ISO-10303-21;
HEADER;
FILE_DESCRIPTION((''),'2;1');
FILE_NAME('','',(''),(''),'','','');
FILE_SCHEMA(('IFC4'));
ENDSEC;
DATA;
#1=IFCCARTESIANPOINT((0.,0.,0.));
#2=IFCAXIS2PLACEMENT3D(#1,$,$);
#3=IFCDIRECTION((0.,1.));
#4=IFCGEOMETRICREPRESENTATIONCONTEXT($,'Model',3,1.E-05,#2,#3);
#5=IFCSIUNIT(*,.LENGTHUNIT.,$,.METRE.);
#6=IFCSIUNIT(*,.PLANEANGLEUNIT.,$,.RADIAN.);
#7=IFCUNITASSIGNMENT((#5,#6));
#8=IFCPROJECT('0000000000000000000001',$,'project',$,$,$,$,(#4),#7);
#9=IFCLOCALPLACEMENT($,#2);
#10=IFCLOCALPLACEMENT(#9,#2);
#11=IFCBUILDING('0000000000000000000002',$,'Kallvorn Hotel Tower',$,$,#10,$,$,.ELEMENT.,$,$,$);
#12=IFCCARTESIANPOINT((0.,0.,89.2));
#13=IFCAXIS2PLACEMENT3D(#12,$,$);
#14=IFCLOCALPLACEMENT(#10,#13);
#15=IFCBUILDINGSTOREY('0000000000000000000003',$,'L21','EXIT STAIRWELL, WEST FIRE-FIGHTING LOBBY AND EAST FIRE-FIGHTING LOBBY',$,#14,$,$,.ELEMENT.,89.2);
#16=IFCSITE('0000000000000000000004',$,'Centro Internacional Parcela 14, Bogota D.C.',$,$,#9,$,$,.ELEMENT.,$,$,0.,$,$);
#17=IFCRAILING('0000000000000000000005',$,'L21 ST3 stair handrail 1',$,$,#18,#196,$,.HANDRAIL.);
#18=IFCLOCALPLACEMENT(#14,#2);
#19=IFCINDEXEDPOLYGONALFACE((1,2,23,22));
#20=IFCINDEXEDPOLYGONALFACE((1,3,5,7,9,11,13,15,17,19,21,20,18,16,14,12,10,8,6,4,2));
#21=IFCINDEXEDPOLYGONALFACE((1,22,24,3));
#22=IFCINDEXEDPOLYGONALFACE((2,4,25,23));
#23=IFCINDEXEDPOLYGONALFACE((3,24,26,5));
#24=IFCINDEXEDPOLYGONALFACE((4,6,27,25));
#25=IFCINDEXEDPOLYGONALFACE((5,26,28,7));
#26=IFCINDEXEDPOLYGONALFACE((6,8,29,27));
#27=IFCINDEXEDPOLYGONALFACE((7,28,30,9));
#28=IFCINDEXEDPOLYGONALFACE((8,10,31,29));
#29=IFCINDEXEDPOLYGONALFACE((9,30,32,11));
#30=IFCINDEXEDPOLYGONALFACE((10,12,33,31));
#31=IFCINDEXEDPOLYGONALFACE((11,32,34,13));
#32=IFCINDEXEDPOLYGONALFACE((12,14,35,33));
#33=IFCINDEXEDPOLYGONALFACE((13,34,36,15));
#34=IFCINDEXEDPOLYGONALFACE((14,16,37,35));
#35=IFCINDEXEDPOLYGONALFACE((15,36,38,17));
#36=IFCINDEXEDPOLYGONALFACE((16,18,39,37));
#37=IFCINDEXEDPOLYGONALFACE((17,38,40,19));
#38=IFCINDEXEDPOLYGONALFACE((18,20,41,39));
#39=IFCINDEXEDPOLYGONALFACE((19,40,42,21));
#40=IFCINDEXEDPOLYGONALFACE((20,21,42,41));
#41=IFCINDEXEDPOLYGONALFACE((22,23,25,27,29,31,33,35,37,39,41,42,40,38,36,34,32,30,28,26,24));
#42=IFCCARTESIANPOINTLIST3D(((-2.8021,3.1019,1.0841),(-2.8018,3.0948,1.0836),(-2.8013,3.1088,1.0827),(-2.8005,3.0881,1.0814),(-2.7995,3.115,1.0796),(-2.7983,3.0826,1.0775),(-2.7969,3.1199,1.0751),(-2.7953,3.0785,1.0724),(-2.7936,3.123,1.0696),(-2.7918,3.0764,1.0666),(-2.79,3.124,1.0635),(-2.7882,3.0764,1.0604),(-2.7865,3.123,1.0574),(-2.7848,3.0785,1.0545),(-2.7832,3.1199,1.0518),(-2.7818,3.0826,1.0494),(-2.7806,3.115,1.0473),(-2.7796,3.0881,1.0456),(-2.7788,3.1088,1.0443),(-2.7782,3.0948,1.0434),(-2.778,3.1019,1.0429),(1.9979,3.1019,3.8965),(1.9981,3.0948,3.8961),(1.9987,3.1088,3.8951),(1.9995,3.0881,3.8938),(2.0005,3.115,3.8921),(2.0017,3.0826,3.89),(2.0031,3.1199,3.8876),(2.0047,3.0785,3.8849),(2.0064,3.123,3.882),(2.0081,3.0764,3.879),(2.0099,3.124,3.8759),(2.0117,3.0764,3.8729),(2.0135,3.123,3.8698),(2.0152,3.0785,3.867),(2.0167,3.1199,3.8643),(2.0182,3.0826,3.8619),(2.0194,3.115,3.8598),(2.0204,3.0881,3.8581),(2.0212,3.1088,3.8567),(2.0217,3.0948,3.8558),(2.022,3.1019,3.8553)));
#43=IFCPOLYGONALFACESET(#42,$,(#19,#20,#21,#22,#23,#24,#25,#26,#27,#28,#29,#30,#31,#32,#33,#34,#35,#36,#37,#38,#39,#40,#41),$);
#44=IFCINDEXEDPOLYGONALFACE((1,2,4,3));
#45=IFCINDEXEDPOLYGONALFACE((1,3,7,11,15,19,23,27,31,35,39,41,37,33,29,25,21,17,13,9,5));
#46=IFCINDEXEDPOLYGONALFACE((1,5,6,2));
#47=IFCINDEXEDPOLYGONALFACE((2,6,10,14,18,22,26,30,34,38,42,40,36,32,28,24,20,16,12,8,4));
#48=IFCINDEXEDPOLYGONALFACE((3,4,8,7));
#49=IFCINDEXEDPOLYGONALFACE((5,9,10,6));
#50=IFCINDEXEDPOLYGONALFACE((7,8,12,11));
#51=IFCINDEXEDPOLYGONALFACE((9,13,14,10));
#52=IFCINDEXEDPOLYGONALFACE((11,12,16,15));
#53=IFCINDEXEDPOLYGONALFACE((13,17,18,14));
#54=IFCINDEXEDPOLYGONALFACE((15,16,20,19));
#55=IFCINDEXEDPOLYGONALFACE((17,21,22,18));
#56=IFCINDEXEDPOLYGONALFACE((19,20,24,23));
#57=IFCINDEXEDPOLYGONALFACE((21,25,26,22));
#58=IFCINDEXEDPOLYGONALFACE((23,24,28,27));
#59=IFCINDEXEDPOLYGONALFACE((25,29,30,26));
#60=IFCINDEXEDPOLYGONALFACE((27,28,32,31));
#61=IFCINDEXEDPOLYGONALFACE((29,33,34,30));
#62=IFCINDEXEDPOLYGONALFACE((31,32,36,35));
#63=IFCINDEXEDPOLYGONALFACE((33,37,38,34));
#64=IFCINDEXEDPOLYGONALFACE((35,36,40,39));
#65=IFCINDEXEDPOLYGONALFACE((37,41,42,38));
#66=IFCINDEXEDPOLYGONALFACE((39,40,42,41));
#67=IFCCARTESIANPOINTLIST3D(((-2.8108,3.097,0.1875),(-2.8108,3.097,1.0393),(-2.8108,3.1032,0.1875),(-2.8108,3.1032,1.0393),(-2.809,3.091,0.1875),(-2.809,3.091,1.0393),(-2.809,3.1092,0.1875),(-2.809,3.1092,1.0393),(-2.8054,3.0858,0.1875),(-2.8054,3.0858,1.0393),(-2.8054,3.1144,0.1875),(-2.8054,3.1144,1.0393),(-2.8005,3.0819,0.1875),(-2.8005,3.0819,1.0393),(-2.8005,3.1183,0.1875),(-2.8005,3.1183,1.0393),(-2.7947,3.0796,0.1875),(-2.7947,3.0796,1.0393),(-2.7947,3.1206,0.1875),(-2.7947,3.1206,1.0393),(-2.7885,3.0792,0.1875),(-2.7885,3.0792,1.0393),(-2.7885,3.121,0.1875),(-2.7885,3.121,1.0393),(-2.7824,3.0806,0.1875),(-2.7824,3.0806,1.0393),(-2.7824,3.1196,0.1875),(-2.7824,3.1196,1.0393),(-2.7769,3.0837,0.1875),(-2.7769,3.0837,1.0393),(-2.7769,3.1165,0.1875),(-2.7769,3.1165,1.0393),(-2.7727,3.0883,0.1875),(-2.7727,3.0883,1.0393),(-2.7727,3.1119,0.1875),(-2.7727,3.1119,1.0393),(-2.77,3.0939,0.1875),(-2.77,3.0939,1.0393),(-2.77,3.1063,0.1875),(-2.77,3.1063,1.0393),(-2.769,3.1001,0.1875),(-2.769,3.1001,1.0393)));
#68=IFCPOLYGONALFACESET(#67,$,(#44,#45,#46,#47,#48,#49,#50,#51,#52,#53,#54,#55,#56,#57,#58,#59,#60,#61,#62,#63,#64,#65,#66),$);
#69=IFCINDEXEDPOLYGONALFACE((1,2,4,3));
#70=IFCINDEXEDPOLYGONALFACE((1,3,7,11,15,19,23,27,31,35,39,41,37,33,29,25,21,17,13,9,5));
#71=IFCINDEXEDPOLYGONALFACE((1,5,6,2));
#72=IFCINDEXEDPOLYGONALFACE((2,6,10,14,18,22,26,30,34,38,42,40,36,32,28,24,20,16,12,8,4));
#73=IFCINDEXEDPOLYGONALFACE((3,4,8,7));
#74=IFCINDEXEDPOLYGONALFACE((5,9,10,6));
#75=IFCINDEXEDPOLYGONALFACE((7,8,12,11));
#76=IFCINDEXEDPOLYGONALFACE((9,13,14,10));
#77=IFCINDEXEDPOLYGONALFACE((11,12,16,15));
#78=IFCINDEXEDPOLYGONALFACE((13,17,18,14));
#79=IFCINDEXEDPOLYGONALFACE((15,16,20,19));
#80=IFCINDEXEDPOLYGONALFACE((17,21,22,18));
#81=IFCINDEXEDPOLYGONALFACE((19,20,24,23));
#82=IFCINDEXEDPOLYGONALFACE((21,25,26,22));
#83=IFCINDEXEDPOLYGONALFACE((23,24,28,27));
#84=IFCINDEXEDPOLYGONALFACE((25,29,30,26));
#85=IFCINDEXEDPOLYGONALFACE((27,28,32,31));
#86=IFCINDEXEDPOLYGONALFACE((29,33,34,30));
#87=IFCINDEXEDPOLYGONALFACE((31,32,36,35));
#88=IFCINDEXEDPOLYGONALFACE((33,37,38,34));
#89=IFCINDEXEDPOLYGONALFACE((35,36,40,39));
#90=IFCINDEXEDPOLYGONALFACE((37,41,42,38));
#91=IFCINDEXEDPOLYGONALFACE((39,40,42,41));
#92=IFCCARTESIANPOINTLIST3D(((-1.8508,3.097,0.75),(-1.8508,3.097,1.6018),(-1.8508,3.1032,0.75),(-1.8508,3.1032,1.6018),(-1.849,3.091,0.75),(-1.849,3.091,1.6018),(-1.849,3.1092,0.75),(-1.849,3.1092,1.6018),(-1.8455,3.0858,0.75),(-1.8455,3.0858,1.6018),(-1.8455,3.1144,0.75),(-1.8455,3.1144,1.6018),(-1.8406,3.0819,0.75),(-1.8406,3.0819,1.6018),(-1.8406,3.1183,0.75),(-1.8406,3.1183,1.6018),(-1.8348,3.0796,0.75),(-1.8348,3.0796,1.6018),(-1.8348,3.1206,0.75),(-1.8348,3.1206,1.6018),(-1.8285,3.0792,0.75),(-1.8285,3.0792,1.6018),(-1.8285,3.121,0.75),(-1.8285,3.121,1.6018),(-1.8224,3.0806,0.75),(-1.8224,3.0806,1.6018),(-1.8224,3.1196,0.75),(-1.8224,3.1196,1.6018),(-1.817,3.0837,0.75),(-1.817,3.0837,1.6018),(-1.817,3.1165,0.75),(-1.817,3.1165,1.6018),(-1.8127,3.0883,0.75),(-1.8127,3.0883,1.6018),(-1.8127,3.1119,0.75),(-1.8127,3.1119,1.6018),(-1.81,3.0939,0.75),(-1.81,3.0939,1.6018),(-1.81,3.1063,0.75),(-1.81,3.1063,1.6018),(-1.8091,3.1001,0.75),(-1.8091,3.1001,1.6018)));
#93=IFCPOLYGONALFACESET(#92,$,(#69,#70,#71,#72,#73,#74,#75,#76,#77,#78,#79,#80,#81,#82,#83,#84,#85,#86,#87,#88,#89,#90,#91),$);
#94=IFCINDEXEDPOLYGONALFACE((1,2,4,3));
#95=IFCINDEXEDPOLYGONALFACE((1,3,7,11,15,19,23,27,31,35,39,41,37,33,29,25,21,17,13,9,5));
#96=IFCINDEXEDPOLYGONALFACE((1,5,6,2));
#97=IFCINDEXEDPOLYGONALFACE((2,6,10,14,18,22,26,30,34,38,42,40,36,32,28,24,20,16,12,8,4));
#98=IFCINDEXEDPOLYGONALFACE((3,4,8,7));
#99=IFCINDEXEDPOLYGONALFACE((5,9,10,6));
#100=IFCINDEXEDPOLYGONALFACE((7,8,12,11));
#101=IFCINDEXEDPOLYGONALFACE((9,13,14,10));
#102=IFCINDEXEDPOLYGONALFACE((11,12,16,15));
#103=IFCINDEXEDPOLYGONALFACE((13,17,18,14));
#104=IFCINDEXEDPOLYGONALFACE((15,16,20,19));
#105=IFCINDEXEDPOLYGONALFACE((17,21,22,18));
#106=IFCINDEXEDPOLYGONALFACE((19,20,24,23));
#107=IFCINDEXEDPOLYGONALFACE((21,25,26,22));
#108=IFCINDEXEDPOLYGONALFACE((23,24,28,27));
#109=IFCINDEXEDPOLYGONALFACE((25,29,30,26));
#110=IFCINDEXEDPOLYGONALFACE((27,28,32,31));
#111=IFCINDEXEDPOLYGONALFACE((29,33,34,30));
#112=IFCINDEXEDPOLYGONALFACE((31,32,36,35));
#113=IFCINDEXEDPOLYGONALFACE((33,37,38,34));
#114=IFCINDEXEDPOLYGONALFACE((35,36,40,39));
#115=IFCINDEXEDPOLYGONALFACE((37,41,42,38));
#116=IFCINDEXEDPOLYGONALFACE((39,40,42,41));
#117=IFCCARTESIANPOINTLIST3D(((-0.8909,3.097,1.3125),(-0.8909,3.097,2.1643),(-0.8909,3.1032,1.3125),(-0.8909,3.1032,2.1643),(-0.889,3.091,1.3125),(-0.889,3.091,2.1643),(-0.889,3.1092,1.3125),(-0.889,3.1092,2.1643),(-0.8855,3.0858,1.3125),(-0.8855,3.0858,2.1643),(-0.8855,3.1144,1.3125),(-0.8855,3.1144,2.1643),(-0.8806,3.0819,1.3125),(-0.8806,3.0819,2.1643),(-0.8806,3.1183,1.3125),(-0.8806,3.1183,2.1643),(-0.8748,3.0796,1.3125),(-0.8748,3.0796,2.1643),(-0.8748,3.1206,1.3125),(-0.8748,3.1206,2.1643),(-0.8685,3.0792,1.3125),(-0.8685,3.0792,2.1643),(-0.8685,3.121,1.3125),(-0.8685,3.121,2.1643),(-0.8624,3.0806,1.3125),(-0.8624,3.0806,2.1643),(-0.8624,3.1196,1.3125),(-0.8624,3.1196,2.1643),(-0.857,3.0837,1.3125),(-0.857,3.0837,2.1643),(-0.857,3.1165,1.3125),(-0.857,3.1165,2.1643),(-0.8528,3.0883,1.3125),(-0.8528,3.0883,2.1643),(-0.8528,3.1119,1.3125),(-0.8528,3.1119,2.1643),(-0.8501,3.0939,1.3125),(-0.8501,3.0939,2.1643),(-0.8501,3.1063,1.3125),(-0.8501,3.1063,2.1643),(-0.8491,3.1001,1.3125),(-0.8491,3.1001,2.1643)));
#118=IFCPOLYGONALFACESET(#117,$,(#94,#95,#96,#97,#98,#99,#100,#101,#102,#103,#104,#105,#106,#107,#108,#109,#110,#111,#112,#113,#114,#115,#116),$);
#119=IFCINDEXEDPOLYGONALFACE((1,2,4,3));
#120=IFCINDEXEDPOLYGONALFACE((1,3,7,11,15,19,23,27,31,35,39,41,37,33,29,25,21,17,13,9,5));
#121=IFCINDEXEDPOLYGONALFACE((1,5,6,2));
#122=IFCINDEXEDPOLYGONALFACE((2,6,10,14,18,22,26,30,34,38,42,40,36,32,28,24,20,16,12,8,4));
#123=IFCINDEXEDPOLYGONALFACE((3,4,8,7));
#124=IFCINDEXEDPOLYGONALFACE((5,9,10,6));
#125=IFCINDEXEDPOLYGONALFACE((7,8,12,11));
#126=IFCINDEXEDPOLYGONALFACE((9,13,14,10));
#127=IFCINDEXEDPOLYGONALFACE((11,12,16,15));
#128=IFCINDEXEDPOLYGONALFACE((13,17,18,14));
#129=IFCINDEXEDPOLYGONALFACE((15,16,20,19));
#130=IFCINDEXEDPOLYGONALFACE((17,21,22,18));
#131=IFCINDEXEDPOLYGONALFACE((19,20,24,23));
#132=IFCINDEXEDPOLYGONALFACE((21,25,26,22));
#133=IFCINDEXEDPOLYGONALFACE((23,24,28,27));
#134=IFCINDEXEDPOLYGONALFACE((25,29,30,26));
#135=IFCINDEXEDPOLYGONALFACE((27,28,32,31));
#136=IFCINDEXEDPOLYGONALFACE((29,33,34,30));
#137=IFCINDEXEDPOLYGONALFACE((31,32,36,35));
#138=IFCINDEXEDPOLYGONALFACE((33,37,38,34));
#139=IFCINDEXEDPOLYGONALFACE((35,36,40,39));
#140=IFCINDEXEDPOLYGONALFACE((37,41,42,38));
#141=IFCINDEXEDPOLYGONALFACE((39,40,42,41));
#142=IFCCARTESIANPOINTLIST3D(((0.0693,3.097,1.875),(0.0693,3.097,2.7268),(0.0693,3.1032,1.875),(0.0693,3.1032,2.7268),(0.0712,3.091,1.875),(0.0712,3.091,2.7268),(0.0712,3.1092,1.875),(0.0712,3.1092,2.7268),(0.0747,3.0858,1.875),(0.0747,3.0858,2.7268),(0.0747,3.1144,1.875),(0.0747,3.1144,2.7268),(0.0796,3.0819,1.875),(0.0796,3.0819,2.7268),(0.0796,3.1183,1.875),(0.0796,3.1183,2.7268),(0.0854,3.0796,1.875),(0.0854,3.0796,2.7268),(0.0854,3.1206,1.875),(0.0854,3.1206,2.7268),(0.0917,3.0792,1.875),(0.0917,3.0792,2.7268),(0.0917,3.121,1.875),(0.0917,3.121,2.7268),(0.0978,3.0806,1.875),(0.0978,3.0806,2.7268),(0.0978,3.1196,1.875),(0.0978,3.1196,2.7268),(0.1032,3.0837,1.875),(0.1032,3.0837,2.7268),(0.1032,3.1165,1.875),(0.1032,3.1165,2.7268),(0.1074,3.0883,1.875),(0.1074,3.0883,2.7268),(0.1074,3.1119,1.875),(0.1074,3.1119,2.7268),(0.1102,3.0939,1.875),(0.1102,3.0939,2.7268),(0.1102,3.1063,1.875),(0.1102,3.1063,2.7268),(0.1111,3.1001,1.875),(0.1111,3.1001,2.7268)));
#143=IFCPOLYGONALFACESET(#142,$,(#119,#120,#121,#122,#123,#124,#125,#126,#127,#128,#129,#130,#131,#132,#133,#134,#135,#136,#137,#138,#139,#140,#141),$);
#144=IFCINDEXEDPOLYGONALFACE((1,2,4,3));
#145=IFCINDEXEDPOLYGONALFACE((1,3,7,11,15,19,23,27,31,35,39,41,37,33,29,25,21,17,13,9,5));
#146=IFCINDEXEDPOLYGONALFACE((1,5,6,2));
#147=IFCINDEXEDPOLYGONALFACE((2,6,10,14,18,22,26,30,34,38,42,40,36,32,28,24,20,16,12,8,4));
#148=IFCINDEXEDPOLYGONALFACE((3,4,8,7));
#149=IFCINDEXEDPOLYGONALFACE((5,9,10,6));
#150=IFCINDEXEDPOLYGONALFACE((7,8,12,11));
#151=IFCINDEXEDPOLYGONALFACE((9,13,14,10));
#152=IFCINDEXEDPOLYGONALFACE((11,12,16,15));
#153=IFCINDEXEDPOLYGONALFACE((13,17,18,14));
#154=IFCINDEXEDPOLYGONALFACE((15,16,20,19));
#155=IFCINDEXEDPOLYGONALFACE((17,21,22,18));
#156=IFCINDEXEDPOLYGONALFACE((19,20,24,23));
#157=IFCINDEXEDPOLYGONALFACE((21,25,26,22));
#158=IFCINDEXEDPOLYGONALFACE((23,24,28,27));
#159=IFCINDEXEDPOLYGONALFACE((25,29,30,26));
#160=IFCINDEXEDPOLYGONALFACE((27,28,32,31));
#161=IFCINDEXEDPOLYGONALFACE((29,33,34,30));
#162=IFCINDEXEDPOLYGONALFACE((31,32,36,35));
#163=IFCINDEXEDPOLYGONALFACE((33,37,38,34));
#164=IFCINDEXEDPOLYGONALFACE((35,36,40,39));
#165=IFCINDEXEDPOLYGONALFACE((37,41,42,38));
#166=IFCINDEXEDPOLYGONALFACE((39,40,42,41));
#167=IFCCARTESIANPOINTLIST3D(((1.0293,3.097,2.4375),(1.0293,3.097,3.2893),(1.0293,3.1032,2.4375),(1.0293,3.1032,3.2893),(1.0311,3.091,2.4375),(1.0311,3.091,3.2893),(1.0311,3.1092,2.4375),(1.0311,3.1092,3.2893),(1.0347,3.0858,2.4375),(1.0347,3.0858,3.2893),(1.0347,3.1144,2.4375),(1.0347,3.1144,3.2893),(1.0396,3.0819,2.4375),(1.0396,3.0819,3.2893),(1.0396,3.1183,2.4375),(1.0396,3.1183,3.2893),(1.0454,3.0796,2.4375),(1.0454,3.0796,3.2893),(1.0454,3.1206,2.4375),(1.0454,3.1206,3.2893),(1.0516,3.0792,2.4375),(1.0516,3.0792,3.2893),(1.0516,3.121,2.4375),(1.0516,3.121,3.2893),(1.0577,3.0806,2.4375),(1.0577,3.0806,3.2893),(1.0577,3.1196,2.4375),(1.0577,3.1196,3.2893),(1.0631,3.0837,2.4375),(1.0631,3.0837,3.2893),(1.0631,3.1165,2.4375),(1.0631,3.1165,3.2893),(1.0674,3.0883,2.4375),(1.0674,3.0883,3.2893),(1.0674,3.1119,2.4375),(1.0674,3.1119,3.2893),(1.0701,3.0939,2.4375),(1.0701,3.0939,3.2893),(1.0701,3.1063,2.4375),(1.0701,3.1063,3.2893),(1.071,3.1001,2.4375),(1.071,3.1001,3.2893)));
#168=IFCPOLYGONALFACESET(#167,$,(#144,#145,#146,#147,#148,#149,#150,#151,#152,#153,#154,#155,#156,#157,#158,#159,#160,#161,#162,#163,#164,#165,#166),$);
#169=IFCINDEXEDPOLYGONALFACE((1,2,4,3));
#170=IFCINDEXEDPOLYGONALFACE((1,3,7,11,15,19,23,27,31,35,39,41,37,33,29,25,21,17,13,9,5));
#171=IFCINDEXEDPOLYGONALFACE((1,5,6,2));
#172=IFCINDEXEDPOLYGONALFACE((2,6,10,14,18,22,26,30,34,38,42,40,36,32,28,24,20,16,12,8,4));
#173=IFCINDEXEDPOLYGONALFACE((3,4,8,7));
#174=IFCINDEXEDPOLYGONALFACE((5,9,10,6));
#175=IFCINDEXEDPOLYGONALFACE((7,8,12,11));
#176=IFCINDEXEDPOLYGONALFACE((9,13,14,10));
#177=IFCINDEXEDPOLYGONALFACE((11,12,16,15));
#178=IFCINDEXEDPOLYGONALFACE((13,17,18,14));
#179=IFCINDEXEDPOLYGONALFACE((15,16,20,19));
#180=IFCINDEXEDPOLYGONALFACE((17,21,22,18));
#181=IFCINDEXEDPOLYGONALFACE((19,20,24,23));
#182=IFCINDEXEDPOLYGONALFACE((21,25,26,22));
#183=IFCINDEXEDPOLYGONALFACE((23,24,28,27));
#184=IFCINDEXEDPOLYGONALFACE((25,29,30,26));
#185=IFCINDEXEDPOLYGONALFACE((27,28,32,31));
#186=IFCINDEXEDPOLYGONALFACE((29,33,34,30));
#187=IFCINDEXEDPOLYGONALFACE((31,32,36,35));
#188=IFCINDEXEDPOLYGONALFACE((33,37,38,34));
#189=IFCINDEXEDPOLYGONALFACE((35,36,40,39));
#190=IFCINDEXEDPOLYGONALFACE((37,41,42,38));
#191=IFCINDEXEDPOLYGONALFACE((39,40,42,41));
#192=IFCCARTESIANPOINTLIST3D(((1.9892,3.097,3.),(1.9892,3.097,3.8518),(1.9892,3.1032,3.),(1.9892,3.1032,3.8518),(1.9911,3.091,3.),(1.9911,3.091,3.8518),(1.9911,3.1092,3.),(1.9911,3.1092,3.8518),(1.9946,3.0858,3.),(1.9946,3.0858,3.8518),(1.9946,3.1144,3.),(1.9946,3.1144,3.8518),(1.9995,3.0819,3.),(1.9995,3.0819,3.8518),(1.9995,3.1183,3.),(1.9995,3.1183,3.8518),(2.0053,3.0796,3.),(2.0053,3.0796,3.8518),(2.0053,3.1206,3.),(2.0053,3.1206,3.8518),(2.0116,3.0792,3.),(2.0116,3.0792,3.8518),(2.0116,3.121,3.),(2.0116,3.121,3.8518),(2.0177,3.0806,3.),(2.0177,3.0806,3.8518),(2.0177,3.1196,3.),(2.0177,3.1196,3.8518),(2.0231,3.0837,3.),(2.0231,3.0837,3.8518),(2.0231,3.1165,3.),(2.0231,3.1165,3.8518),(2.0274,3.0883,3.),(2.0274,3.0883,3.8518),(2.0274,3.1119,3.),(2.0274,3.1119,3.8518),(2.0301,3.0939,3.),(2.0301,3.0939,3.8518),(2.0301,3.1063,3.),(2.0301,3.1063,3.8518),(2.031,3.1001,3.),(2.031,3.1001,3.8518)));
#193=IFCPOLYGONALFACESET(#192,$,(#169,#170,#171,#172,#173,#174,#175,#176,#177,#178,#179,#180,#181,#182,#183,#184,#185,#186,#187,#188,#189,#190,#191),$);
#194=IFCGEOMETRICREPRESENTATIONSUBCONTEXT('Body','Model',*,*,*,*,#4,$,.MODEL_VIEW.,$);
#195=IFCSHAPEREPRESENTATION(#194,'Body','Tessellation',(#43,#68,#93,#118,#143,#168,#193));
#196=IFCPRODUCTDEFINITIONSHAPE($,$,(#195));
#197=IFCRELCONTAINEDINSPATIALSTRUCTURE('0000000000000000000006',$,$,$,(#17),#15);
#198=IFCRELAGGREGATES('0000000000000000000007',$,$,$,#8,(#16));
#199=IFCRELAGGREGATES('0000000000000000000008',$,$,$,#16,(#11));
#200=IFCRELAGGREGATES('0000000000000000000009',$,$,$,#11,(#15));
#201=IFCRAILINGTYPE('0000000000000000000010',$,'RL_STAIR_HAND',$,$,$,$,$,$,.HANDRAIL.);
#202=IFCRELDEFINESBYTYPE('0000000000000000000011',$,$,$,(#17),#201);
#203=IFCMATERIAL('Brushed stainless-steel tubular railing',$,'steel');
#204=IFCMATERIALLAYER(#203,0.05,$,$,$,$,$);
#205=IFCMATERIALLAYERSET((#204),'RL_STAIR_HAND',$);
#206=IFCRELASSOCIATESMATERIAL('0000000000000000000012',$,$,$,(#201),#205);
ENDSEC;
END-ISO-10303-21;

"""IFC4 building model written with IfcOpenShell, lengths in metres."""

from ifc_helpers import new_model, si_unit, direction, frame, origin, origin_2d, place, context, subcontext, project, spatial, circle, extrude, material, layer, layer_set, type_object, element, save


model = new_model("IFC4")

# Units and contexts
model_context = context("Model", 3, precision=1e-05, world=origin(), true_north=direction((0.0, 1.0)))
body_context = subcontext(model_context, "Body", "Model", "MODEL_VIEW")
ifc_project = project(units=[si_unit("LENGTHUNIT", "METRE"), si_unit("PLANEANGLEUNIT", "RADIAN")], contexts=[model_context])

# Site, building, storey
site_placement = place(None, origin())
site = spatial("IfcSite", under=ifc_project, at=site_placement, Name="Centro Internacional Parcela 14, Bogota D.C.", CompositionType="ELEMENT", RefElevation=0.0)
building_placement = place(site_placement, origin())
building = spatial("IfcBuilding", under=site, at=building_placement, Name="Kallvorn Hotel Tower", CompositionType="ELEMENT")
storey_placement = place(building_placement, frame((0.0, 0.0, 89.2)))
storey = spatial("IfcBuildingStorey", under=building, at=storey_placement, Name="L21", Description="EXIT STAIRWELL, WEST FIRE-FIGHTING LOBBY AND EAST FIRE-FIGHTING LOBBY", CompositionType="ELEMENT", Elevation=89.2)

# Railing
ifc_material_1 = material(Name="Brushed stainless-steel tubular railing", Category="steel")
ifc_layer_1 = layer(ifc_material_1, 0.05)
ifc_layer_set_1 = layer_set([ifc_layer_1], Name="RL_STAIR_HAND")
railing_type_1 = type_object("IfcRailingType", Name="RL_STAIR_HAND", PredefinedType="HANDRAIL", material=ifc_layer_set_1)
railing_1_placement = place(storey_placement, frame((-2.79, 3.1001, 0.1875)))
element("IfcRailing", 1, at=railing_1_placement, inside=storey, type_object=railing_type_1, Name="L21 ST3 stair handrail 1", PredefinedType="HANDRAIL", context=body_context, shape_type="SweptSolid", body=[
    extrude(circle(Radius=0.0239, at=origin_2d()), frame((0.0, 0.0, 0.876), z_axis=(0.862802, 0.0, 0.505543), x_axis=(0.0, 1.0, 0.0)), (0.0, 0.0, 1.0), 5.5632),
    extrude(circle(Radius=0.021, at=origin_2d()), origin(), (0.0, 0.0, 1.0), 0.8518),
    extrude(circle(Radius=0.021, at=origin_2d()), frame((0.96, 0.0, 0.5625)), (0.0, 0.0, 1.0), 0.8518),
    extrude(circle(Radius=0.021, at=origin_2d()), frame((1.9199, 0.0, 1.125)), (0.0, 0.0, 1.0), 0.8518),
    extrude(circle(Radius=0.021, at=origin_2d()), frame((2.8801, 0.0, 1.6875)), (0.0, 0.0, 1.0), 0.8518),
    extrude(circle(Radius=0.021, at=origin_2d()), frame((3.8401, 0.0, 2.25)), (0.0, 0.0, 1.0), 0.8518),
    extrude(circle(Radius=0.021, at=origin_2d()), frame((4.8, 0.0, 2.8125)), (0.0, 0.0, 1.0), 0.8518),
])

save(model, "model.ifc")
